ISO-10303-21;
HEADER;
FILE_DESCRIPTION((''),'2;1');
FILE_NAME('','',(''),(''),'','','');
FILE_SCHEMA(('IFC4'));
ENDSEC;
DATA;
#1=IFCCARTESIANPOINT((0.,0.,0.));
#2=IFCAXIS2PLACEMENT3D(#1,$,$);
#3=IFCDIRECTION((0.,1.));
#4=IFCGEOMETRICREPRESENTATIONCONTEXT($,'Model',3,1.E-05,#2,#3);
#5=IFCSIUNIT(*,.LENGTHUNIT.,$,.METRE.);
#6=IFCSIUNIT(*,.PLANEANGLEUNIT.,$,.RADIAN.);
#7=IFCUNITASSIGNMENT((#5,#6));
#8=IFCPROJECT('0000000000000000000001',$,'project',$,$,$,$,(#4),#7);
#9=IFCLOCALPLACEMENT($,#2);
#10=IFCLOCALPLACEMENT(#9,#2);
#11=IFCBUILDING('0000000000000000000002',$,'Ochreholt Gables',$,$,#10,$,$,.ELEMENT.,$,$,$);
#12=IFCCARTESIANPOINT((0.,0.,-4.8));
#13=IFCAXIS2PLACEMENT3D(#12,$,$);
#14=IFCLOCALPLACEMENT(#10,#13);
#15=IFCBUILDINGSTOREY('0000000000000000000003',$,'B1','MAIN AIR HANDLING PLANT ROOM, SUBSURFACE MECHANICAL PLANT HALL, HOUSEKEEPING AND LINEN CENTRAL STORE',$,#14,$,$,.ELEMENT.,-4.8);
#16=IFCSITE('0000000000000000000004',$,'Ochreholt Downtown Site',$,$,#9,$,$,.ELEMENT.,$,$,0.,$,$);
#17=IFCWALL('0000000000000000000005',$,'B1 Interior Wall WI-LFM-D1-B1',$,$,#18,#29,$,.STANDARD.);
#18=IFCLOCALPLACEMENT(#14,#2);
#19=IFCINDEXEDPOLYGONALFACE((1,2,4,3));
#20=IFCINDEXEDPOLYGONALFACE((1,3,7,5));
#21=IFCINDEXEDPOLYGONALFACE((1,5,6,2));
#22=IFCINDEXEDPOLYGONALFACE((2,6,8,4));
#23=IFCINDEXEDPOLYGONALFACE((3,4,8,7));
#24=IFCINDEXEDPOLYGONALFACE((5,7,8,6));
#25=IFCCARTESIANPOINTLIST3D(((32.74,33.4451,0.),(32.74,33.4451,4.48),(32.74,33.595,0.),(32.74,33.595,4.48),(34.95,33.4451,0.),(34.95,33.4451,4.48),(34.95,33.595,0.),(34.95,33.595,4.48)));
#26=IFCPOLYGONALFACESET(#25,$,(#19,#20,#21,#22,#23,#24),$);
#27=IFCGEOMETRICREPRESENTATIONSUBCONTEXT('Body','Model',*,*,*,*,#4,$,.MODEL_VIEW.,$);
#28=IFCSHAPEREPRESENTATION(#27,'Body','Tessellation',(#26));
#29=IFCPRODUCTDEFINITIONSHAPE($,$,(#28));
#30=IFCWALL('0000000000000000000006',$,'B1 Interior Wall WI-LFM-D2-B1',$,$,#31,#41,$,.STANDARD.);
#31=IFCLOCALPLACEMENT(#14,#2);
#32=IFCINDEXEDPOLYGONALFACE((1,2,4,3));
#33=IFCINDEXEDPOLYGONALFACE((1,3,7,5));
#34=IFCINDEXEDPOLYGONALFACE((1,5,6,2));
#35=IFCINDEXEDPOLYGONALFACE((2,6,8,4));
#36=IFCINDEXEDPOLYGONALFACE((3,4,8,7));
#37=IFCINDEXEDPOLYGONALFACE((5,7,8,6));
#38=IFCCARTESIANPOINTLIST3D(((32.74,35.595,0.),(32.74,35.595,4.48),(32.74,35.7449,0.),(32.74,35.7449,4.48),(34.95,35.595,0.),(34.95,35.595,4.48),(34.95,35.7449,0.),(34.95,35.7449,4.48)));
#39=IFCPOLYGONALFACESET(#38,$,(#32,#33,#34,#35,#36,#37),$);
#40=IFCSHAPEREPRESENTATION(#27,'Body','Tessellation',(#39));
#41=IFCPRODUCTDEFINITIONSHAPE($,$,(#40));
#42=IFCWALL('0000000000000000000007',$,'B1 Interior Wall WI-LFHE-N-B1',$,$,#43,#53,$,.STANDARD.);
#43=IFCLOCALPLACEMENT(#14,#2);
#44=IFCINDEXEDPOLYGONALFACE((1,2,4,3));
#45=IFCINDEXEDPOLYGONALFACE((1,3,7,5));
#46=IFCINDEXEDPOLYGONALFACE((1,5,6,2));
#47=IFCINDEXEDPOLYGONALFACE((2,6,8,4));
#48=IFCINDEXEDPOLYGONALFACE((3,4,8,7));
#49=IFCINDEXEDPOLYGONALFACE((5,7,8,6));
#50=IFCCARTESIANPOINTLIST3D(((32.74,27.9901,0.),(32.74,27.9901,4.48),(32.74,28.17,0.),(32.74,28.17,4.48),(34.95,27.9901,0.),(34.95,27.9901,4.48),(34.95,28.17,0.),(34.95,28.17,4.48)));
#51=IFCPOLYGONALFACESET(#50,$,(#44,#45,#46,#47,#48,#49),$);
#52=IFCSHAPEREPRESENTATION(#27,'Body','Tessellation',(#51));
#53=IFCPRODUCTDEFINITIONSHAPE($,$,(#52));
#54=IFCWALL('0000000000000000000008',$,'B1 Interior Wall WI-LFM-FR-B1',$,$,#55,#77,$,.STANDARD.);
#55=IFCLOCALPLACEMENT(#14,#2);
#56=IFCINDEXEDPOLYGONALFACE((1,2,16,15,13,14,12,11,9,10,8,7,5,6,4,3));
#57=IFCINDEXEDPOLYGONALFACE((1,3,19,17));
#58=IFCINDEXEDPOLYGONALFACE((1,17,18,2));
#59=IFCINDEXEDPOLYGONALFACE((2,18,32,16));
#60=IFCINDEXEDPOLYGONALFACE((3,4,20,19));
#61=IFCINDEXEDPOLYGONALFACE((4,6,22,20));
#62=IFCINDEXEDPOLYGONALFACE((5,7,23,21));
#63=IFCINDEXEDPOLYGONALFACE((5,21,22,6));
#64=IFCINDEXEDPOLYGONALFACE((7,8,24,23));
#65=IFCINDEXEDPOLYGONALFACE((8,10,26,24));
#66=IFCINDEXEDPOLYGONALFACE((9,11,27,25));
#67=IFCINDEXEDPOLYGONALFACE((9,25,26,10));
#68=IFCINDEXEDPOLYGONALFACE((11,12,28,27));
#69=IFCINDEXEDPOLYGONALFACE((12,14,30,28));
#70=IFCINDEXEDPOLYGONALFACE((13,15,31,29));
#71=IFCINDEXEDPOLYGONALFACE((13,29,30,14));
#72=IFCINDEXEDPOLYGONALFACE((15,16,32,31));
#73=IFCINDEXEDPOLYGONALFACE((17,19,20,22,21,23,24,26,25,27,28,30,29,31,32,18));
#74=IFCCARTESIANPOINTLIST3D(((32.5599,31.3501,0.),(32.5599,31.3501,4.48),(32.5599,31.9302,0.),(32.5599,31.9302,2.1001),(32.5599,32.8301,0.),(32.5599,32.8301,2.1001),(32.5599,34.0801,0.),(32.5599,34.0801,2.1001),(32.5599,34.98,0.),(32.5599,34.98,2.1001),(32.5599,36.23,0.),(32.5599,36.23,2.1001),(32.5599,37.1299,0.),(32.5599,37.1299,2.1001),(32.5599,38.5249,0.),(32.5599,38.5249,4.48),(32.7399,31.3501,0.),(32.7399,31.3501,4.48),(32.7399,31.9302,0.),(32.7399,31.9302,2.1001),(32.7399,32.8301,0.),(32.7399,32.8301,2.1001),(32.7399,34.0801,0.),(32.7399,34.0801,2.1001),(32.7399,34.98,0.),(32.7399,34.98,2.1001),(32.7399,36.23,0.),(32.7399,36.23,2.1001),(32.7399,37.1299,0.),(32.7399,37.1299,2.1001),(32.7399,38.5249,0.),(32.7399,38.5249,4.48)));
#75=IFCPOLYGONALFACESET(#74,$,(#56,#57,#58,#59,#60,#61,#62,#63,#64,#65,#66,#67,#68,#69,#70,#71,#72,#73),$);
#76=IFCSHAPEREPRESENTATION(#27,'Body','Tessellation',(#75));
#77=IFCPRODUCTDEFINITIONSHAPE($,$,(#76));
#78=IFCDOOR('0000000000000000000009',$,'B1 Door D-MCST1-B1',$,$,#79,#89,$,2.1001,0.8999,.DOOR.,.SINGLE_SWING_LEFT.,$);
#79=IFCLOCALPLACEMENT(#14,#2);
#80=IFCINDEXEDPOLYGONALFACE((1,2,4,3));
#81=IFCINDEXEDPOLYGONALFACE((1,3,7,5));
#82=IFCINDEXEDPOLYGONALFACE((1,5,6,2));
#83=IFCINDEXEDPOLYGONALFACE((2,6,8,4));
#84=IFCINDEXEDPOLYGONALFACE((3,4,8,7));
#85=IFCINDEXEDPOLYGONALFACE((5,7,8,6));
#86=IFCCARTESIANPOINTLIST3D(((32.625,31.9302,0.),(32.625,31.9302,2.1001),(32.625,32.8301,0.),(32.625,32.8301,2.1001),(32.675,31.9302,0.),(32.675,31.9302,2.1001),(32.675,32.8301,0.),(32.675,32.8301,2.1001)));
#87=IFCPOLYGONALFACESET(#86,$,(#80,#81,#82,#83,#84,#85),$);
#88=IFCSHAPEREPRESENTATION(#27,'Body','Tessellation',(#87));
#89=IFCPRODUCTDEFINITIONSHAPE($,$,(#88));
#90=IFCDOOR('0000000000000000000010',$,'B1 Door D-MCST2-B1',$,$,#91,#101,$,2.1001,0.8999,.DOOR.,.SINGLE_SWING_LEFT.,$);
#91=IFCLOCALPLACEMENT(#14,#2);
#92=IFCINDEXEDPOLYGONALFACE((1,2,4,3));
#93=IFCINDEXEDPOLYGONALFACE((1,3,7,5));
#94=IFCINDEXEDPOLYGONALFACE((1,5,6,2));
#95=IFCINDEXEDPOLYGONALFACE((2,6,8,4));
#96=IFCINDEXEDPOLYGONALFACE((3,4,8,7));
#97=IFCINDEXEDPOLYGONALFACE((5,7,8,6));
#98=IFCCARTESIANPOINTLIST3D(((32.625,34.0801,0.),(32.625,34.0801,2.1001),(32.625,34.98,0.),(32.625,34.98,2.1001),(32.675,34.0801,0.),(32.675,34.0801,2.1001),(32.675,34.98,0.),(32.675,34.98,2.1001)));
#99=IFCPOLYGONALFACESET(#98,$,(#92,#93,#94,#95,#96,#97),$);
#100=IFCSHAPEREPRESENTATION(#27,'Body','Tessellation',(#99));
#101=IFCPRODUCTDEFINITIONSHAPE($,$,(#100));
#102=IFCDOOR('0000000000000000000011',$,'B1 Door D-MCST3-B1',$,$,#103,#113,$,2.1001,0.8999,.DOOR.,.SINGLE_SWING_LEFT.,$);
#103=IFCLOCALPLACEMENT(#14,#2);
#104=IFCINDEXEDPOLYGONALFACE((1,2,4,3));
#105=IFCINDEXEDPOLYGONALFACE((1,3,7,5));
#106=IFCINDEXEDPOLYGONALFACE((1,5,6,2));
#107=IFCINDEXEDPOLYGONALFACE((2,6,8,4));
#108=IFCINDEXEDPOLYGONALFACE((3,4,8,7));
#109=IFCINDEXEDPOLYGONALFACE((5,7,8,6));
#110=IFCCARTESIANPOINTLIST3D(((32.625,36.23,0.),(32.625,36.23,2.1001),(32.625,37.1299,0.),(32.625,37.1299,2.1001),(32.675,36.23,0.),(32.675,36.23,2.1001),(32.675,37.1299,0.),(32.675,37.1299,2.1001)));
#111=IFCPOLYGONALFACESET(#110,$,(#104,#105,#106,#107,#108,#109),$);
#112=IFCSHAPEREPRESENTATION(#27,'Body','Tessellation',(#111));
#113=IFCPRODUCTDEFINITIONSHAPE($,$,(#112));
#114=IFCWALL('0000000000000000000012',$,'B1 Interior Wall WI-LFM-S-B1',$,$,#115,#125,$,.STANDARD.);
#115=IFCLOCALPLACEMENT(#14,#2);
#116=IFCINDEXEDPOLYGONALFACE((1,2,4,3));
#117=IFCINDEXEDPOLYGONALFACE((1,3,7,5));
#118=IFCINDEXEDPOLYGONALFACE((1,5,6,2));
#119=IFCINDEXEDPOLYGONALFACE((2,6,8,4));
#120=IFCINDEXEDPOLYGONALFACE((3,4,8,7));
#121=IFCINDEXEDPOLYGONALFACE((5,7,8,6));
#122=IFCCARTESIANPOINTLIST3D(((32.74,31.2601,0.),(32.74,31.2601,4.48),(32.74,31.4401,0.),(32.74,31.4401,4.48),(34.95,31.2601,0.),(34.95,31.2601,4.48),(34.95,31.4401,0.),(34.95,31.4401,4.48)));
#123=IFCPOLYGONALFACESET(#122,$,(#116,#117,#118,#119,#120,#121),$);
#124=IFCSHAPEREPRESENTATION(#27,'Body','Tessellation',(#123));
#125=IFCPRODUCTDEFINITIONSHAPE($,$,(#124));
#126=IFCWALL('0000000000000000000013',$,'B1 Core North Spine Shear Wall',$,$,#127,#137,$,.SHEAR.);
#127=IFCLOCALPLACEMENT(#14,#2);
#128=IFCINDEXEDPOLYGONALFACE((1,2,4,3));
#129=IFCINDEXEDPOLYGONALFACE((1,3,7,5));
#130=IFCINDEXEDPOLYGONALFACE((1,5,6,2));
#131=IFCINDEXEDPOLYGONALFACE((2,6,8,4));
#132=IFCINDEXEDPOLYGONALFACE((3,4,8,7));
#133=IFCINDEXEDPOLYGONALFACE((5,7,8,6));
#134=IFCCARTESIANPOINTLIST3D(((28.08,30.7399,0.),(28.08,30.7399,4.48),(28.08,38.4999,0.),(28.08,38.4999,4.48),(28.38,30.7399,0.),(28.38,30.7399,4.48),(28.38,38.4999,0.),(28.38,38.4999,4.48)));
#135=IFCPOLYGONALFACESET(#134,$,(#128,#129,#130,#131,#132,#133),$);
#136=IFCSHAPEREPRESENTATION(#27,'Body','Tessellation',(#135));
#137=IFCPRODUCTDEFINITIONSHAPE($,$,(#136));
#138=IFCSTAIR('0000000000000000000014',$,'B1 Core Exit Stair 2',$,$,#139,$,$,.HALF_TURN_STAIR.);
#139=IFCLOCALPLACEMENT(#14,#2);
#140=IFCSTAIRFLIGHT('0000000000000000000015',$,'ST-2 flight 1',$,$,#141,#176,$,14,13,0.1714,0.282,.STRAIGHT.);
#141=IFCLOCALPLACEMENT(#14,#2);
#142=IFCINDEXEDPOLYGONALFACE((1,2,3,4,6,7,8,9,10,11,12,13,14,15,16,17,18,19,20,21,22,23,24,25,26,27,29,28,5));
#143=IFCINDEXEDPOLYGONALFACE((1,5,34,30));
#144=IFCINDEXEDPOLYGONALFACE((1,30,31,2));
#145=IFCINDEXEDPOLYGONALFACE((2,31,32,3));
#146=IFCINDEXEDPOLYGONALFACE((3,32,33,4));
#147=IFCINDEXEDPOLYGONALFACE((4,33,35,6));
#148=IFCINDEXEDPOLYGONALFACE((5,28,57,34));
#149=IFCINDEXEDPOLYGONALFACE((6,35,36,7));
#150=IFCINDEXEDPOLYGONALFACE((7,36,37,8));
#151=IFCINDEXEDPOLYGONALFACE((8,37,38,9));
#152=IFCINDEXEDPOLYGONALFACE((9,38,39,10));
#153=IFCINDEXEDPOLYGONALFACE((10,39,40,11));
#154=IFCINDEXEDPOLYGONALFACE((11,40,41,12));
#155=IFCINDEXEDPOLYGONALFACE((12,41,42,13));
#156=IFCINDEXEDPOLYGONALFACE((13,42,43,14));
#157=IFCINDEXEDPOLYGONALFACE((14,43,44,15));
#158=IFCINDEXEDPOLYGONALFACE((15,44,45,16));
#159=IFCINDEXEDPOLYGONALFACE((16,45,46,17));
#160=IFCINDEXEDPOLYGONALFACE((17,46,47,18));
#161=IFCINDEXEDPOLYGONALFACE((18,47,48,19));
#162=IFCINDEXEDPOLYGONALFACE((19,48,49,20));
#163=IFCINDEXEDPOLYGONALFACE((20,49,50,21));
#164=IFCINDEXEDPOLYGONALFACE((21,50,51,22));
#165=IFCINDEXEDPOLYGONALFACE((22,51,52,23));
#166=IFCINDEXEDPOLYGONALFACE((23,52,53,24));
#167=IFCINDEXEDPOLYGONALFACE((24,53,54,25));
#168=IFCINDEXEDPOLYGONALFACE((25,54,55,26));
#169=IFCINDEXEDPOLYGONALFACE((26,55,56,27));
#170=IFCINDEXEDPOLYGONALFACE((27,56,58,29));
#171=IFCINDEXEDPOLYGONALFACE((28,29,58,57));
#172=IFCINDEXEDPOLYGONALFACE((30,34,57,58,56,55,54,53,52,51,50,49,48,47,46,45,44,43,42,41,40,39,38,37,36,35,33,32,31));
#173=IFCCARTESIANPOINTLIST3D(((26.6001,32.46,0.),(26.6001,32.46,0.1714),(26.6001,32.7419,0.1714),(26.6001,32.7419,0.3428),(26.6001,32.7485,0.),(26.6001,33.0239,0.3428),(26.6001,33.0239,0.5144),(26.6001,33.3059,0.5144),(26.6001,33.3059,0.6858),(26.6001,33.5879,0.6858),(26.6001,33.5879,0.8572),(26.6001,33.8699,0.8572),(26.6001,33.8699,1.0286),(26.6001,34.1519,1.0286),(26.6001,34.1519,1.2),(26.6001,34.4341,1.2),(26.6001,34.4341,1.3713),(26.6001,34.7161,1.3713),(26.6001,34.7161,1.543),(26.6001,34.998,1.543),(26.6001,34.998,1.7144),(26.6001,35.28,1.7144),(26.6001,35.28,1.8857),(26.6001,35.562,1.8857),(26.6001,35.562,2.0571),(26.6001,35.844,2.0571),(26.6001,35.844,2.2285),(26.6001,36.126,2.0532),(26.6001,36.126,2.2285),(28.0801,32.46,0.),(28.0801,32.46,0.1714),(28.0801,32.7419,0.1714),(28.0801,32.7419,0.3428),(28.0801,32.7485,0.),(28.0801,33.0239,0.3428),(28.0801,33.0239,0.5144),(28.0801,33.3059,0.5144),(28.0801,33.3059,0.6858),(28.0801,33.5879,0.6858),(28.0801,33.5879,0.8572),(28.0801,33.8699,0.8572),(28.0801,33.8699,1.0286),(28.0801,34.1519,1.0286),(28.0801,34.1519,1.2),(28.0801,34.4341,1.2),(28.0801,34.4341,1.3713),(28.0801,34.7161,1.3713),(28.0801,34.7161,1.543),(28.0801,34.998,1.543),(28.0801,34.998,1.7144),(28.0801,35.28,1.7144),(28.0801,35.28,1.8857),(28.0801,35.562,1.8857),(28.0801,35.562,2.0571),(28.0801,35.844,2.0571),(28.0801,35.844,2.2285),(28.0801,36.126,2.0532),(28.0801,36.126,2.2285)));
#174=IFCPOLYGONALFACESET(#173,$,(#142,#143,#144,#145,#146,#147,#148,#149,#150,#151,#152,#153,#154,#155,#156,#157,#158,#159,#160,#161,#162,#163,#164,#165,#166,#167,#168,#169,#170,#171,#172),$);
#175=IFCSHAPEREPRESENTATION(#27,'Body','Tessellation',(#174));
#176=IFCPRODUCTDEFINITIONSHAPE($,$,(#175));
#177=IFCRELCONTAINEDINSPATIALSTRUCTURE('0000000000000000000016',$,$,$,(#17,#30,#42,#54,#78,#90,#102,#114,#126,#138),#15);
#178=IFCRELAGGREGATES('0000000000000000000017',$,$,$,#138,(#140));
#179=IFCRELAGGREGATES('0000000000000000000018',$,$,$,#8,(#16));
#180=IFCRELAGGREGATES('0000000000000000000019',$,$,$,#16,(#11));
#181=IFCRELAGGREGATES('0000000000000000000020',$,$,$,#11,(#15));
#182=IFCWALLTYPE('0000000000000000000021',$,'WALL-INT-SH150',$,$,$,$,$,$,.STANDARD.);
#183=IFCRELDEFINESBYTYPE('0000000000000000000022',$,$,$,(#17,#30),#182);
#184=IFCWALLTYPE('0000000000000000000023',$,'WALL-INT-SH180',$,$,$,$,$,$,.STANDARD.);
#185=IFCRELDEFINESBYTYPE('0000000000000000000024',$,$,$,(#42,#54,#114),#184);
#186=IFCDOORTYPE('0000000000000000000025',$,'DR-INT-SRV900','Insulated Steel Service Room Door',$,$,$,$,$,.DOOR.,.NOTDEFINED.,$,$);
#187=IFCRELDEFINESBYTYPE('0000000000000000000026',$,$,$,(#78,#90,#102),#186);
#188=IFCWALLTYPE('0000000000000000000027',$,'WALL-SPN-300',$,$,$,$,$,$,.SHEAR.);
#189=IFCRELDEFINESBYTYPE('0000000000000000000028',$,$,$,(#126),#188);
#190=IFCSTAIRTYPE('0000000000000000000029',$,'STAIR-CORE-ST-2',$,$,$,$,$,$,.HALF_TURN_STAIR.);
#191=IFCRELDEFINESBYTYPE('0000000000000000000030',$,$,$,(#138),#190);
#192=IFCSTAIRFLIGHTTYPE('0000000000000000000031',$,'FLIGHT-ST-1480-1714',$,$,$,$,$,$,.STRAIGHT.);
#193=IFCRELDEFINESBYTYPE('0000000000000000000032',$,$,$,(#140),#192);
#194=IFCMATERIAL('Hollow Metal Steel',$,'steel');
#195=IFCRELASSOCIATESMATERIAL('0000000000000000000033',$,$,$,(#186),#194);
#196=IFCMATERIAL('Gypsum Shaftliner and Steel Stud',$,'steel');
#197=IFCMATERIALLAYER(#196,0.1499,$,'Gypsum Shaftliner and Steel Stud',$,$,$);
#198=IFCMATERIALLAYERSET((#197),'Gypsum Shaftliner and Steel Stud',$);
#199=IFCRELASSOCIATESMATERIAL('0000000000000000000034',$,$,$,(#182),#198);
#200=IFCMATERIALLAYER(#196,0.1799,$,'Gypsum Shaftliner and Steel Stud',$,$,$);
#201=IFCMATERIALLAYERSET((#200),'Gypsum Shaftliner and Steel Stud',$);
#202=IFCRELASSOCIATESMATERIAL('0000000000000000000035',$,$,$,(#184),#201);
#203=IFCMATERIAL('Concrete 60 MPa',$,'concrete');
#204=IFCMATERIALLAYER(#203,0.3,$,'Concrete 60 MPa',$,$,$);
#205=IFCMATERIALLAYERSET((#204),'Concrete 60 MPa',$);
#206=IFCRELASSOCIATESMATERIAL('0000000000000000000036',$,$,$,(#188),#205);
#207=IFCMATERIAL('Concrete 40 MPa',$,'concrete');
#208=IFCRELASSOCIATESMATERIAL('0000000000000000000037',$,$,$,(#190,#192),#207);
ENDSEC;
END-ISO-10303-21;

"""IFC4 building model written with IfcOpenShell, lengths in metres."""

from ifc_helpers import new_model, si_unit, direction, frame, frame_2d, origin, place, context, subcontext, project, spatial, polyline, rectangle, outline, extrude, material, layer, layer_set, type_object, element, fill, aggregate, save


model = new_model("IFC4")

# Units and contexts
model_context = context("Model", 3, precision=1e-05, world=origin(), true_north=direction((0.0, 1.0)))
body_context = subcontext(model_context, "Body", "Model", "MODEL_VIEW")
ifc_project = project(units=[si_unit("LENGTHUNIT", "METRE"), si_unit("PLANEANGLEUNIT", "RADIAN")], contexts=[model_context])

# Site, building, storey
site_placement = place(None, origin())
site = spatial("IfcSite", under=ifc_project, at=site_placement, Name="Ochreholt Downtown Site", CompositionType="ELEMENT", RefElevation=0.0)
building_placement = place(site_placement, origin())
building = spatial("IfcBuilding", under=site, at=building_placement, Name="Ochreholt Gables", CompositionType="ELEMENT")
storey_placement = place(building_placement, frame((0.0, 0.0, -4.8)))
storey = spatial("IfcBuildingStorey", under=building, at=storey_placement, Name="B1", Description="MAIN AIR HANDLING PLANT ROOM, SUBSURFACE MECHANICAL PLANT HALL, HOUSEKEEPING AND LINEN CENTRAL STORE", CompositionType="ELEMENT", Elevation=-4.8)

# Shared definitions
ifc_material_1 = material(Name="Concrete 60 MPa", Category="concrete")

# Shared definitions
ifc_material_2 = material(Name="Concrete 40 MPa", Category="concrete")
ifc_material_3 = material(Name="Hollow Metal Steel", Category="steel")
door_type = type_object("IfcDoorType", Name="DR-INT-SRV900", Description="Insulated Steel Service Room Door", OperationType="NOTDEFINED", PredefinedType="DOOR", material=ifc_material_3)

# Walls
ifc_material_4 = material(Name="Gypsum Shaftliner and Steel Stud", Category="steel")
ifc_layer_1 = layer(ifc_material_4, 0.1499, Name="Gypsum Shaftliner and Steel Stud")
ifc_layer_set_1 = layer_set([ifc_layer_1], Name="Gypsum Shaftliner and Steel Stud")
wall_type_1 = type_object("IfcWallType", Name="WALL-INT-SH150", PredefinedType="STANDARD", material=ifc_layer_set_1)
for number, where, z_axis, x_axis, name in (
    (1, (32.74, 33.52, 0.0), (0.0, 0.0, 1.0), (1.0, 0.0, 0.0), "B1 Interior Wall WI-LFM-D1-B1"),
    (2, (32.74, 35.6699, 0.0), (0.0, 0.0, 1.0), (1.0, 0.0, 0.0), "B1 Interior Wall WI-LFM-D2-B1"),
):
    element("IfcWall", number, at=place(storey_placement, frame(where, z_axis=z_axis, x_axis=x_axis)), inside=storey, type_object=wall_type_1, Name=name, PredefinedType="STANDARD", context=body_context, shape_type="SweptSolid", body=[
        extrude(rectangle(XDim=2.21, YDim=0.1499, at=frame_2d((1.105, 0.0))), origin(), (0.0, 0.0, 1.0), 4.48),
    ])
ifc_layer_2 = layer(ifc_material_4, 0.1799, Name="Gypsum Shaftliner and Steel Stud")
ifc_layer_set_2 = layer_set([ifc_layer_2], Name="Gypsum Shaftliner and Steel Stud")
wall_type_2 = type_object("IfcWallType", Name="WALL-INT-SH180", PredefinedType="STANDARD", material=ifc_layer_set_2)
wall_1_placement = place(storey_placement, frame((32.74, 28.0801, 0.0), z_axis=(0.0, 0.0, 1.0), x_axis=(1.0, 0.0, 0.0)))
element("IfcWall", 3, at=wall_1_placement, inside=storey, type_object=wall_type_2, Name="B1 Interior Wall WI-LFHE-N-B1", PredefinedType="STANDARD", context=body_context, shape_type="SweptSolid", body=[
    extrude(rectangle(XDim=2.21, YDim=0.1799, at=frame_2d((1.105, 0.0))), origin(), (0.0, 0.0, 1.0), 4.48),
])

# Wall, openings, doors
wall_2_placement = place(storey_placement, frame((32.6499, 31.3501, 0.0), z_axis=(0.0, 0.0, 1.0), x_axis=(0.0, 1.0, 0.0)))
wall_2 = element("IfcWall", 4, at=wall_2_placement, inside=storey, type_object=wall_type_2, Name="B1 Interior Wall WI-LFM-FR-B1", PredefinedType="STANDARD", context=body_context, shape_type="SweptSolid", body=[
    extrude(rectangle(XDim=7.1748, YDim=0.1799, at=frame_2d((3.5874, 0.0))), origin(), (0.0, 0.0, 1.0), 4.48),
])
opening_1_placement = place(wall_2_placement, frame((0.5801, 0.0, 0.0)))
opening_1 = element("IfcOpeningElement", 5, at=opening_1_placement, cuts=wall_2, PredefinedType="OPENING", context=body_context, shape_type="SweptSolid", body=[
    extrude(rectangle(XDim=0.8999, YDim=2.1001, at=frame_2d((0.45, 1.05))), frame((0.0, 0.0999, 0.0), z_axis=(0.0, -1.0, 0.0), x_axis=(1.0, 0.0, 0.0)), (0.0, 0.0, 1.0), 0.2),
])
opening_2_placement = place(wall_2_placement, frame((2.73, 0.0, 0.0)))
opening_2 = element("IfcOpeningElement", 6, at=opening_2_placement, cuts=wall_2, PredefinedType="OPENING", context=body_context, shape_type="SweptSolid", body=[
    extrude(rectangle(XDim=0.8999, YDim=2.1001, at=frame_2d((0.45, 1.05))), frame((0.0, 0.0999, 0.0), z_axis=(0.0, -1.0, 0.0), x_axis=(1.0, 0.0, 0.0)), (0.0, 0.0, 1.0), 0.2),
])
opening_3_placement = place(wall_2_placement, frame((4.8799, 0.0, 0.0)))
opening_3 = element("IfcOpeningElement", 7, at=opening_3_placement, cuts=wall_2, PredefinedType="OPENING", context=body_context, shape_type="SweptSolid", body=[
    extrude(rectangle(XDim=0.8999, YDim=2.1001, at=frame_2d((0.45, 1.05))), frame((0.0, 0.0999, 0.0), z_axis=(0.0, -1.0, 0.0), x_axis=(1.0, 0.0, 0.0)), (0.0, 0.0, 1.0), 0.2),
])
door_1_placement = place(opening_1_placement, origin())
door_1 = element("IfcDoor", 8, at=door_1_placement, inside=storey, type_object=door_type, Name="B1 Door D-MCST1-B1", OperationType="SINGLE_SWING_LEFT", OverallHeight=2.1001, OverallWidth=0.8999, PredefinedType="DOOR", context=body_context, shape_type="SweptSolid", body=[
    extrude(rectangle(XDim=0.8999, YDim=2.1001, at=frame_2d((0.45, 1.05))), frame((0.0, 0.0249, 0.0), z_axis=(0.0, -1.0, 0.0), x_axis=(1.0, 0.0, 0.0)), (0.0, 0.0, 1.0), 0.05),
])
fill(opening_1, door_1)
door_2_placement = place(opening_2_placement, origin())
door_2 = element("IfcDoor", 9, at=door_2_placement, inside=storey, type_object=door_type, Name="B1 Door D-MCST2-B1", OperationType="SINGLE_SWING_LEFT", OverallHeight=2.1001, OverallWidth=0.8999, PredefinedType="DOOR", context=body_context, shape_type="SweptSolid", body=[
    extrude(rectangle(XDim=0.8999, YDim=2.1001, at=frame_2d((0.45, 1.05))), frame((0.0, 0.0249, 0.0), z_axis=(0.0, -1.0, 0.0), x_axis=(1.0, 0.0, 0.0)), (0.0, 0.0, 1.0), 0.05),
])
fill(opening_2, door_2)
door_3_placement = place(opening_3_placement, origin())
door_3 = element("IfcDoor", 10, at=door_3_placement, inside=storey, type_object=door_type, Name="B1 Door D-MCST3-B1", OperationType="SINGLE_SWING_LEFT", OverallHeight=2.1001, OverallWidth=0.8999, PredefinedType="DOOR", context=body_context, shape_type="SweptSolid", body=[
    extrude(rectangle(XDim=0.8999, YDim=2.1001, at=frame_2d((0.45, 1.05))), frame((0.0, 0.0249, 0.0), z_axis=(0.0, -1.0, 0.0), x_axis=(1.0, 0.0, 0.0)), (0.0, 0.0, 1.0), 0.05),
])
fill(opening_3, door_3)

# Walls
wall_3_placement = place(storey_placement, frame((32.74, 31.3501, 0.0), z_axis=(0.0, 0.0, 1.0), x_axis=(1.0, 0.0, 0.0)))
element("IfcWall", 11, at=wall_3_placement, inside=storey, type_object=wall_type_2, Name="B1 Interior Wall WI-LFM-S-B1", PredefinedType="STANDARD", context=body_context, shape_type="SweptSolid", body=[
    extrude(rectangle(XDim=2.21, YDim=0.1799, at=frame_2d((1.105, 0.0))), origin(), (0.0, 0.0, 1.0), 4.48),
])
ifc_layer_3 = layer(ifc_material_1, 0.3, Name="Concrete 60 MPa")
ifc_layer_set_3 = layer_set([ifc_layer_3], Name="Concrete 60 MPa")
wall_type_3 = type_object("IfcWallType", Name="WALL-SPN-300", PredefinedType="SHEAR", material=ifc_layer_set_3)
wall_4_placement = place(storey_placement, frame((28.23, 30.74, 0.0), z_axis=(0.0, 0.0, 1.0), x_axis=(0.0, 1.0, 0.0)))
element("IfcWall", 12, at=wall_4_placement, inside=storey, type_object=wall_type_3, Name="B1 Core North Spine Shear Wall", PredefinedType="SHEAR", context=body_context, shape_type="SweptSolid", body=[
    extrude(rectangle(XDim=7.76, YDim=0.3, at=frame_2d((3.8799, 0.0))), origin(), (0.0, 0.0, 1.0), 4.48),
])

# Stair, stair flight
stair_type = type_object("IfcStairType", Name="STAIR-CORE-ST-2", PredefinedType="HALF_TURN_STAIR", material=ifc_material_2)
stair_placement = place(storey_placement, origin())
stair = element("IfcStair", 13, at=stair_placement, inside=storey, type_object=stair_type, Name="B1 Core Exit Stair 2", PredefinedType="HALF_TURN_STAIR")
stair_flight_type = type_object("IfcStairFlightType", Name="FLIGHT-ST-1480-1714", PredefinedType="STRAIGHT", material=ifc_material_2)
stair_flight_placement = place(storey_placement, frame((27.3401, 32.46, 0.0), z_axis=(0.0, 0.0, 1.0), x_axis=(0.0, 1.0, 0.0)))
stair_flight = element("IfcStairFlight", 14, at=stair_flight_placement, type_object=stair_flight_type, Name="ST-2 flight 1", NumberOfRisers=14, NumberOfTreads=13, PredefinedType="STRAIGHT", RiserHeight=0.1714, TreadLength=0.282, context=body_context, shape_type="SweptSolid", body=[
    extrude(outline(polyline([(0.0, 0.0), (0.0, 0.1714), (0.282, 0.1714), (0.282, 0.3428), (0.564, 0.3428), (0.564, 0.5144), (0.8459, 0.5144), (0.8459, 0.6858), (1.1279, 0.6858), (1.1279, 0.8572), (1.4099, 0.8572), (1.4099, 1.0286), (1.6919, 1.0286), (1.6919, 1.2), (1.9741, 1.2), (1.9741, 1.3713), (2.2561, 1.3713), (2.2561, 1.543), (2.5381, 1.543), (2.5381, 1.7144), (2.8201, 1.7144), (2.8201, 1.8857), (3.1021, 1.8857), (3.1021, 2.0571), (3.384, 2.0571), (3.384, 2.2285), (3.666, 2.2285), (3.666, 2.3999), (3.666, 2.0532), (0.2886, 0.0), (0.0, 0.0)])), frame((0.0, 0.74, 0.0), z_axis=(0.0, -1.0, 0.0), x_axis=(1.0, 0.0, 0.0)), (0.0, 0.0, 1.0), 1.48),
])
aggregate(stair, [stair_flight])

save(model, "model.ifc")
